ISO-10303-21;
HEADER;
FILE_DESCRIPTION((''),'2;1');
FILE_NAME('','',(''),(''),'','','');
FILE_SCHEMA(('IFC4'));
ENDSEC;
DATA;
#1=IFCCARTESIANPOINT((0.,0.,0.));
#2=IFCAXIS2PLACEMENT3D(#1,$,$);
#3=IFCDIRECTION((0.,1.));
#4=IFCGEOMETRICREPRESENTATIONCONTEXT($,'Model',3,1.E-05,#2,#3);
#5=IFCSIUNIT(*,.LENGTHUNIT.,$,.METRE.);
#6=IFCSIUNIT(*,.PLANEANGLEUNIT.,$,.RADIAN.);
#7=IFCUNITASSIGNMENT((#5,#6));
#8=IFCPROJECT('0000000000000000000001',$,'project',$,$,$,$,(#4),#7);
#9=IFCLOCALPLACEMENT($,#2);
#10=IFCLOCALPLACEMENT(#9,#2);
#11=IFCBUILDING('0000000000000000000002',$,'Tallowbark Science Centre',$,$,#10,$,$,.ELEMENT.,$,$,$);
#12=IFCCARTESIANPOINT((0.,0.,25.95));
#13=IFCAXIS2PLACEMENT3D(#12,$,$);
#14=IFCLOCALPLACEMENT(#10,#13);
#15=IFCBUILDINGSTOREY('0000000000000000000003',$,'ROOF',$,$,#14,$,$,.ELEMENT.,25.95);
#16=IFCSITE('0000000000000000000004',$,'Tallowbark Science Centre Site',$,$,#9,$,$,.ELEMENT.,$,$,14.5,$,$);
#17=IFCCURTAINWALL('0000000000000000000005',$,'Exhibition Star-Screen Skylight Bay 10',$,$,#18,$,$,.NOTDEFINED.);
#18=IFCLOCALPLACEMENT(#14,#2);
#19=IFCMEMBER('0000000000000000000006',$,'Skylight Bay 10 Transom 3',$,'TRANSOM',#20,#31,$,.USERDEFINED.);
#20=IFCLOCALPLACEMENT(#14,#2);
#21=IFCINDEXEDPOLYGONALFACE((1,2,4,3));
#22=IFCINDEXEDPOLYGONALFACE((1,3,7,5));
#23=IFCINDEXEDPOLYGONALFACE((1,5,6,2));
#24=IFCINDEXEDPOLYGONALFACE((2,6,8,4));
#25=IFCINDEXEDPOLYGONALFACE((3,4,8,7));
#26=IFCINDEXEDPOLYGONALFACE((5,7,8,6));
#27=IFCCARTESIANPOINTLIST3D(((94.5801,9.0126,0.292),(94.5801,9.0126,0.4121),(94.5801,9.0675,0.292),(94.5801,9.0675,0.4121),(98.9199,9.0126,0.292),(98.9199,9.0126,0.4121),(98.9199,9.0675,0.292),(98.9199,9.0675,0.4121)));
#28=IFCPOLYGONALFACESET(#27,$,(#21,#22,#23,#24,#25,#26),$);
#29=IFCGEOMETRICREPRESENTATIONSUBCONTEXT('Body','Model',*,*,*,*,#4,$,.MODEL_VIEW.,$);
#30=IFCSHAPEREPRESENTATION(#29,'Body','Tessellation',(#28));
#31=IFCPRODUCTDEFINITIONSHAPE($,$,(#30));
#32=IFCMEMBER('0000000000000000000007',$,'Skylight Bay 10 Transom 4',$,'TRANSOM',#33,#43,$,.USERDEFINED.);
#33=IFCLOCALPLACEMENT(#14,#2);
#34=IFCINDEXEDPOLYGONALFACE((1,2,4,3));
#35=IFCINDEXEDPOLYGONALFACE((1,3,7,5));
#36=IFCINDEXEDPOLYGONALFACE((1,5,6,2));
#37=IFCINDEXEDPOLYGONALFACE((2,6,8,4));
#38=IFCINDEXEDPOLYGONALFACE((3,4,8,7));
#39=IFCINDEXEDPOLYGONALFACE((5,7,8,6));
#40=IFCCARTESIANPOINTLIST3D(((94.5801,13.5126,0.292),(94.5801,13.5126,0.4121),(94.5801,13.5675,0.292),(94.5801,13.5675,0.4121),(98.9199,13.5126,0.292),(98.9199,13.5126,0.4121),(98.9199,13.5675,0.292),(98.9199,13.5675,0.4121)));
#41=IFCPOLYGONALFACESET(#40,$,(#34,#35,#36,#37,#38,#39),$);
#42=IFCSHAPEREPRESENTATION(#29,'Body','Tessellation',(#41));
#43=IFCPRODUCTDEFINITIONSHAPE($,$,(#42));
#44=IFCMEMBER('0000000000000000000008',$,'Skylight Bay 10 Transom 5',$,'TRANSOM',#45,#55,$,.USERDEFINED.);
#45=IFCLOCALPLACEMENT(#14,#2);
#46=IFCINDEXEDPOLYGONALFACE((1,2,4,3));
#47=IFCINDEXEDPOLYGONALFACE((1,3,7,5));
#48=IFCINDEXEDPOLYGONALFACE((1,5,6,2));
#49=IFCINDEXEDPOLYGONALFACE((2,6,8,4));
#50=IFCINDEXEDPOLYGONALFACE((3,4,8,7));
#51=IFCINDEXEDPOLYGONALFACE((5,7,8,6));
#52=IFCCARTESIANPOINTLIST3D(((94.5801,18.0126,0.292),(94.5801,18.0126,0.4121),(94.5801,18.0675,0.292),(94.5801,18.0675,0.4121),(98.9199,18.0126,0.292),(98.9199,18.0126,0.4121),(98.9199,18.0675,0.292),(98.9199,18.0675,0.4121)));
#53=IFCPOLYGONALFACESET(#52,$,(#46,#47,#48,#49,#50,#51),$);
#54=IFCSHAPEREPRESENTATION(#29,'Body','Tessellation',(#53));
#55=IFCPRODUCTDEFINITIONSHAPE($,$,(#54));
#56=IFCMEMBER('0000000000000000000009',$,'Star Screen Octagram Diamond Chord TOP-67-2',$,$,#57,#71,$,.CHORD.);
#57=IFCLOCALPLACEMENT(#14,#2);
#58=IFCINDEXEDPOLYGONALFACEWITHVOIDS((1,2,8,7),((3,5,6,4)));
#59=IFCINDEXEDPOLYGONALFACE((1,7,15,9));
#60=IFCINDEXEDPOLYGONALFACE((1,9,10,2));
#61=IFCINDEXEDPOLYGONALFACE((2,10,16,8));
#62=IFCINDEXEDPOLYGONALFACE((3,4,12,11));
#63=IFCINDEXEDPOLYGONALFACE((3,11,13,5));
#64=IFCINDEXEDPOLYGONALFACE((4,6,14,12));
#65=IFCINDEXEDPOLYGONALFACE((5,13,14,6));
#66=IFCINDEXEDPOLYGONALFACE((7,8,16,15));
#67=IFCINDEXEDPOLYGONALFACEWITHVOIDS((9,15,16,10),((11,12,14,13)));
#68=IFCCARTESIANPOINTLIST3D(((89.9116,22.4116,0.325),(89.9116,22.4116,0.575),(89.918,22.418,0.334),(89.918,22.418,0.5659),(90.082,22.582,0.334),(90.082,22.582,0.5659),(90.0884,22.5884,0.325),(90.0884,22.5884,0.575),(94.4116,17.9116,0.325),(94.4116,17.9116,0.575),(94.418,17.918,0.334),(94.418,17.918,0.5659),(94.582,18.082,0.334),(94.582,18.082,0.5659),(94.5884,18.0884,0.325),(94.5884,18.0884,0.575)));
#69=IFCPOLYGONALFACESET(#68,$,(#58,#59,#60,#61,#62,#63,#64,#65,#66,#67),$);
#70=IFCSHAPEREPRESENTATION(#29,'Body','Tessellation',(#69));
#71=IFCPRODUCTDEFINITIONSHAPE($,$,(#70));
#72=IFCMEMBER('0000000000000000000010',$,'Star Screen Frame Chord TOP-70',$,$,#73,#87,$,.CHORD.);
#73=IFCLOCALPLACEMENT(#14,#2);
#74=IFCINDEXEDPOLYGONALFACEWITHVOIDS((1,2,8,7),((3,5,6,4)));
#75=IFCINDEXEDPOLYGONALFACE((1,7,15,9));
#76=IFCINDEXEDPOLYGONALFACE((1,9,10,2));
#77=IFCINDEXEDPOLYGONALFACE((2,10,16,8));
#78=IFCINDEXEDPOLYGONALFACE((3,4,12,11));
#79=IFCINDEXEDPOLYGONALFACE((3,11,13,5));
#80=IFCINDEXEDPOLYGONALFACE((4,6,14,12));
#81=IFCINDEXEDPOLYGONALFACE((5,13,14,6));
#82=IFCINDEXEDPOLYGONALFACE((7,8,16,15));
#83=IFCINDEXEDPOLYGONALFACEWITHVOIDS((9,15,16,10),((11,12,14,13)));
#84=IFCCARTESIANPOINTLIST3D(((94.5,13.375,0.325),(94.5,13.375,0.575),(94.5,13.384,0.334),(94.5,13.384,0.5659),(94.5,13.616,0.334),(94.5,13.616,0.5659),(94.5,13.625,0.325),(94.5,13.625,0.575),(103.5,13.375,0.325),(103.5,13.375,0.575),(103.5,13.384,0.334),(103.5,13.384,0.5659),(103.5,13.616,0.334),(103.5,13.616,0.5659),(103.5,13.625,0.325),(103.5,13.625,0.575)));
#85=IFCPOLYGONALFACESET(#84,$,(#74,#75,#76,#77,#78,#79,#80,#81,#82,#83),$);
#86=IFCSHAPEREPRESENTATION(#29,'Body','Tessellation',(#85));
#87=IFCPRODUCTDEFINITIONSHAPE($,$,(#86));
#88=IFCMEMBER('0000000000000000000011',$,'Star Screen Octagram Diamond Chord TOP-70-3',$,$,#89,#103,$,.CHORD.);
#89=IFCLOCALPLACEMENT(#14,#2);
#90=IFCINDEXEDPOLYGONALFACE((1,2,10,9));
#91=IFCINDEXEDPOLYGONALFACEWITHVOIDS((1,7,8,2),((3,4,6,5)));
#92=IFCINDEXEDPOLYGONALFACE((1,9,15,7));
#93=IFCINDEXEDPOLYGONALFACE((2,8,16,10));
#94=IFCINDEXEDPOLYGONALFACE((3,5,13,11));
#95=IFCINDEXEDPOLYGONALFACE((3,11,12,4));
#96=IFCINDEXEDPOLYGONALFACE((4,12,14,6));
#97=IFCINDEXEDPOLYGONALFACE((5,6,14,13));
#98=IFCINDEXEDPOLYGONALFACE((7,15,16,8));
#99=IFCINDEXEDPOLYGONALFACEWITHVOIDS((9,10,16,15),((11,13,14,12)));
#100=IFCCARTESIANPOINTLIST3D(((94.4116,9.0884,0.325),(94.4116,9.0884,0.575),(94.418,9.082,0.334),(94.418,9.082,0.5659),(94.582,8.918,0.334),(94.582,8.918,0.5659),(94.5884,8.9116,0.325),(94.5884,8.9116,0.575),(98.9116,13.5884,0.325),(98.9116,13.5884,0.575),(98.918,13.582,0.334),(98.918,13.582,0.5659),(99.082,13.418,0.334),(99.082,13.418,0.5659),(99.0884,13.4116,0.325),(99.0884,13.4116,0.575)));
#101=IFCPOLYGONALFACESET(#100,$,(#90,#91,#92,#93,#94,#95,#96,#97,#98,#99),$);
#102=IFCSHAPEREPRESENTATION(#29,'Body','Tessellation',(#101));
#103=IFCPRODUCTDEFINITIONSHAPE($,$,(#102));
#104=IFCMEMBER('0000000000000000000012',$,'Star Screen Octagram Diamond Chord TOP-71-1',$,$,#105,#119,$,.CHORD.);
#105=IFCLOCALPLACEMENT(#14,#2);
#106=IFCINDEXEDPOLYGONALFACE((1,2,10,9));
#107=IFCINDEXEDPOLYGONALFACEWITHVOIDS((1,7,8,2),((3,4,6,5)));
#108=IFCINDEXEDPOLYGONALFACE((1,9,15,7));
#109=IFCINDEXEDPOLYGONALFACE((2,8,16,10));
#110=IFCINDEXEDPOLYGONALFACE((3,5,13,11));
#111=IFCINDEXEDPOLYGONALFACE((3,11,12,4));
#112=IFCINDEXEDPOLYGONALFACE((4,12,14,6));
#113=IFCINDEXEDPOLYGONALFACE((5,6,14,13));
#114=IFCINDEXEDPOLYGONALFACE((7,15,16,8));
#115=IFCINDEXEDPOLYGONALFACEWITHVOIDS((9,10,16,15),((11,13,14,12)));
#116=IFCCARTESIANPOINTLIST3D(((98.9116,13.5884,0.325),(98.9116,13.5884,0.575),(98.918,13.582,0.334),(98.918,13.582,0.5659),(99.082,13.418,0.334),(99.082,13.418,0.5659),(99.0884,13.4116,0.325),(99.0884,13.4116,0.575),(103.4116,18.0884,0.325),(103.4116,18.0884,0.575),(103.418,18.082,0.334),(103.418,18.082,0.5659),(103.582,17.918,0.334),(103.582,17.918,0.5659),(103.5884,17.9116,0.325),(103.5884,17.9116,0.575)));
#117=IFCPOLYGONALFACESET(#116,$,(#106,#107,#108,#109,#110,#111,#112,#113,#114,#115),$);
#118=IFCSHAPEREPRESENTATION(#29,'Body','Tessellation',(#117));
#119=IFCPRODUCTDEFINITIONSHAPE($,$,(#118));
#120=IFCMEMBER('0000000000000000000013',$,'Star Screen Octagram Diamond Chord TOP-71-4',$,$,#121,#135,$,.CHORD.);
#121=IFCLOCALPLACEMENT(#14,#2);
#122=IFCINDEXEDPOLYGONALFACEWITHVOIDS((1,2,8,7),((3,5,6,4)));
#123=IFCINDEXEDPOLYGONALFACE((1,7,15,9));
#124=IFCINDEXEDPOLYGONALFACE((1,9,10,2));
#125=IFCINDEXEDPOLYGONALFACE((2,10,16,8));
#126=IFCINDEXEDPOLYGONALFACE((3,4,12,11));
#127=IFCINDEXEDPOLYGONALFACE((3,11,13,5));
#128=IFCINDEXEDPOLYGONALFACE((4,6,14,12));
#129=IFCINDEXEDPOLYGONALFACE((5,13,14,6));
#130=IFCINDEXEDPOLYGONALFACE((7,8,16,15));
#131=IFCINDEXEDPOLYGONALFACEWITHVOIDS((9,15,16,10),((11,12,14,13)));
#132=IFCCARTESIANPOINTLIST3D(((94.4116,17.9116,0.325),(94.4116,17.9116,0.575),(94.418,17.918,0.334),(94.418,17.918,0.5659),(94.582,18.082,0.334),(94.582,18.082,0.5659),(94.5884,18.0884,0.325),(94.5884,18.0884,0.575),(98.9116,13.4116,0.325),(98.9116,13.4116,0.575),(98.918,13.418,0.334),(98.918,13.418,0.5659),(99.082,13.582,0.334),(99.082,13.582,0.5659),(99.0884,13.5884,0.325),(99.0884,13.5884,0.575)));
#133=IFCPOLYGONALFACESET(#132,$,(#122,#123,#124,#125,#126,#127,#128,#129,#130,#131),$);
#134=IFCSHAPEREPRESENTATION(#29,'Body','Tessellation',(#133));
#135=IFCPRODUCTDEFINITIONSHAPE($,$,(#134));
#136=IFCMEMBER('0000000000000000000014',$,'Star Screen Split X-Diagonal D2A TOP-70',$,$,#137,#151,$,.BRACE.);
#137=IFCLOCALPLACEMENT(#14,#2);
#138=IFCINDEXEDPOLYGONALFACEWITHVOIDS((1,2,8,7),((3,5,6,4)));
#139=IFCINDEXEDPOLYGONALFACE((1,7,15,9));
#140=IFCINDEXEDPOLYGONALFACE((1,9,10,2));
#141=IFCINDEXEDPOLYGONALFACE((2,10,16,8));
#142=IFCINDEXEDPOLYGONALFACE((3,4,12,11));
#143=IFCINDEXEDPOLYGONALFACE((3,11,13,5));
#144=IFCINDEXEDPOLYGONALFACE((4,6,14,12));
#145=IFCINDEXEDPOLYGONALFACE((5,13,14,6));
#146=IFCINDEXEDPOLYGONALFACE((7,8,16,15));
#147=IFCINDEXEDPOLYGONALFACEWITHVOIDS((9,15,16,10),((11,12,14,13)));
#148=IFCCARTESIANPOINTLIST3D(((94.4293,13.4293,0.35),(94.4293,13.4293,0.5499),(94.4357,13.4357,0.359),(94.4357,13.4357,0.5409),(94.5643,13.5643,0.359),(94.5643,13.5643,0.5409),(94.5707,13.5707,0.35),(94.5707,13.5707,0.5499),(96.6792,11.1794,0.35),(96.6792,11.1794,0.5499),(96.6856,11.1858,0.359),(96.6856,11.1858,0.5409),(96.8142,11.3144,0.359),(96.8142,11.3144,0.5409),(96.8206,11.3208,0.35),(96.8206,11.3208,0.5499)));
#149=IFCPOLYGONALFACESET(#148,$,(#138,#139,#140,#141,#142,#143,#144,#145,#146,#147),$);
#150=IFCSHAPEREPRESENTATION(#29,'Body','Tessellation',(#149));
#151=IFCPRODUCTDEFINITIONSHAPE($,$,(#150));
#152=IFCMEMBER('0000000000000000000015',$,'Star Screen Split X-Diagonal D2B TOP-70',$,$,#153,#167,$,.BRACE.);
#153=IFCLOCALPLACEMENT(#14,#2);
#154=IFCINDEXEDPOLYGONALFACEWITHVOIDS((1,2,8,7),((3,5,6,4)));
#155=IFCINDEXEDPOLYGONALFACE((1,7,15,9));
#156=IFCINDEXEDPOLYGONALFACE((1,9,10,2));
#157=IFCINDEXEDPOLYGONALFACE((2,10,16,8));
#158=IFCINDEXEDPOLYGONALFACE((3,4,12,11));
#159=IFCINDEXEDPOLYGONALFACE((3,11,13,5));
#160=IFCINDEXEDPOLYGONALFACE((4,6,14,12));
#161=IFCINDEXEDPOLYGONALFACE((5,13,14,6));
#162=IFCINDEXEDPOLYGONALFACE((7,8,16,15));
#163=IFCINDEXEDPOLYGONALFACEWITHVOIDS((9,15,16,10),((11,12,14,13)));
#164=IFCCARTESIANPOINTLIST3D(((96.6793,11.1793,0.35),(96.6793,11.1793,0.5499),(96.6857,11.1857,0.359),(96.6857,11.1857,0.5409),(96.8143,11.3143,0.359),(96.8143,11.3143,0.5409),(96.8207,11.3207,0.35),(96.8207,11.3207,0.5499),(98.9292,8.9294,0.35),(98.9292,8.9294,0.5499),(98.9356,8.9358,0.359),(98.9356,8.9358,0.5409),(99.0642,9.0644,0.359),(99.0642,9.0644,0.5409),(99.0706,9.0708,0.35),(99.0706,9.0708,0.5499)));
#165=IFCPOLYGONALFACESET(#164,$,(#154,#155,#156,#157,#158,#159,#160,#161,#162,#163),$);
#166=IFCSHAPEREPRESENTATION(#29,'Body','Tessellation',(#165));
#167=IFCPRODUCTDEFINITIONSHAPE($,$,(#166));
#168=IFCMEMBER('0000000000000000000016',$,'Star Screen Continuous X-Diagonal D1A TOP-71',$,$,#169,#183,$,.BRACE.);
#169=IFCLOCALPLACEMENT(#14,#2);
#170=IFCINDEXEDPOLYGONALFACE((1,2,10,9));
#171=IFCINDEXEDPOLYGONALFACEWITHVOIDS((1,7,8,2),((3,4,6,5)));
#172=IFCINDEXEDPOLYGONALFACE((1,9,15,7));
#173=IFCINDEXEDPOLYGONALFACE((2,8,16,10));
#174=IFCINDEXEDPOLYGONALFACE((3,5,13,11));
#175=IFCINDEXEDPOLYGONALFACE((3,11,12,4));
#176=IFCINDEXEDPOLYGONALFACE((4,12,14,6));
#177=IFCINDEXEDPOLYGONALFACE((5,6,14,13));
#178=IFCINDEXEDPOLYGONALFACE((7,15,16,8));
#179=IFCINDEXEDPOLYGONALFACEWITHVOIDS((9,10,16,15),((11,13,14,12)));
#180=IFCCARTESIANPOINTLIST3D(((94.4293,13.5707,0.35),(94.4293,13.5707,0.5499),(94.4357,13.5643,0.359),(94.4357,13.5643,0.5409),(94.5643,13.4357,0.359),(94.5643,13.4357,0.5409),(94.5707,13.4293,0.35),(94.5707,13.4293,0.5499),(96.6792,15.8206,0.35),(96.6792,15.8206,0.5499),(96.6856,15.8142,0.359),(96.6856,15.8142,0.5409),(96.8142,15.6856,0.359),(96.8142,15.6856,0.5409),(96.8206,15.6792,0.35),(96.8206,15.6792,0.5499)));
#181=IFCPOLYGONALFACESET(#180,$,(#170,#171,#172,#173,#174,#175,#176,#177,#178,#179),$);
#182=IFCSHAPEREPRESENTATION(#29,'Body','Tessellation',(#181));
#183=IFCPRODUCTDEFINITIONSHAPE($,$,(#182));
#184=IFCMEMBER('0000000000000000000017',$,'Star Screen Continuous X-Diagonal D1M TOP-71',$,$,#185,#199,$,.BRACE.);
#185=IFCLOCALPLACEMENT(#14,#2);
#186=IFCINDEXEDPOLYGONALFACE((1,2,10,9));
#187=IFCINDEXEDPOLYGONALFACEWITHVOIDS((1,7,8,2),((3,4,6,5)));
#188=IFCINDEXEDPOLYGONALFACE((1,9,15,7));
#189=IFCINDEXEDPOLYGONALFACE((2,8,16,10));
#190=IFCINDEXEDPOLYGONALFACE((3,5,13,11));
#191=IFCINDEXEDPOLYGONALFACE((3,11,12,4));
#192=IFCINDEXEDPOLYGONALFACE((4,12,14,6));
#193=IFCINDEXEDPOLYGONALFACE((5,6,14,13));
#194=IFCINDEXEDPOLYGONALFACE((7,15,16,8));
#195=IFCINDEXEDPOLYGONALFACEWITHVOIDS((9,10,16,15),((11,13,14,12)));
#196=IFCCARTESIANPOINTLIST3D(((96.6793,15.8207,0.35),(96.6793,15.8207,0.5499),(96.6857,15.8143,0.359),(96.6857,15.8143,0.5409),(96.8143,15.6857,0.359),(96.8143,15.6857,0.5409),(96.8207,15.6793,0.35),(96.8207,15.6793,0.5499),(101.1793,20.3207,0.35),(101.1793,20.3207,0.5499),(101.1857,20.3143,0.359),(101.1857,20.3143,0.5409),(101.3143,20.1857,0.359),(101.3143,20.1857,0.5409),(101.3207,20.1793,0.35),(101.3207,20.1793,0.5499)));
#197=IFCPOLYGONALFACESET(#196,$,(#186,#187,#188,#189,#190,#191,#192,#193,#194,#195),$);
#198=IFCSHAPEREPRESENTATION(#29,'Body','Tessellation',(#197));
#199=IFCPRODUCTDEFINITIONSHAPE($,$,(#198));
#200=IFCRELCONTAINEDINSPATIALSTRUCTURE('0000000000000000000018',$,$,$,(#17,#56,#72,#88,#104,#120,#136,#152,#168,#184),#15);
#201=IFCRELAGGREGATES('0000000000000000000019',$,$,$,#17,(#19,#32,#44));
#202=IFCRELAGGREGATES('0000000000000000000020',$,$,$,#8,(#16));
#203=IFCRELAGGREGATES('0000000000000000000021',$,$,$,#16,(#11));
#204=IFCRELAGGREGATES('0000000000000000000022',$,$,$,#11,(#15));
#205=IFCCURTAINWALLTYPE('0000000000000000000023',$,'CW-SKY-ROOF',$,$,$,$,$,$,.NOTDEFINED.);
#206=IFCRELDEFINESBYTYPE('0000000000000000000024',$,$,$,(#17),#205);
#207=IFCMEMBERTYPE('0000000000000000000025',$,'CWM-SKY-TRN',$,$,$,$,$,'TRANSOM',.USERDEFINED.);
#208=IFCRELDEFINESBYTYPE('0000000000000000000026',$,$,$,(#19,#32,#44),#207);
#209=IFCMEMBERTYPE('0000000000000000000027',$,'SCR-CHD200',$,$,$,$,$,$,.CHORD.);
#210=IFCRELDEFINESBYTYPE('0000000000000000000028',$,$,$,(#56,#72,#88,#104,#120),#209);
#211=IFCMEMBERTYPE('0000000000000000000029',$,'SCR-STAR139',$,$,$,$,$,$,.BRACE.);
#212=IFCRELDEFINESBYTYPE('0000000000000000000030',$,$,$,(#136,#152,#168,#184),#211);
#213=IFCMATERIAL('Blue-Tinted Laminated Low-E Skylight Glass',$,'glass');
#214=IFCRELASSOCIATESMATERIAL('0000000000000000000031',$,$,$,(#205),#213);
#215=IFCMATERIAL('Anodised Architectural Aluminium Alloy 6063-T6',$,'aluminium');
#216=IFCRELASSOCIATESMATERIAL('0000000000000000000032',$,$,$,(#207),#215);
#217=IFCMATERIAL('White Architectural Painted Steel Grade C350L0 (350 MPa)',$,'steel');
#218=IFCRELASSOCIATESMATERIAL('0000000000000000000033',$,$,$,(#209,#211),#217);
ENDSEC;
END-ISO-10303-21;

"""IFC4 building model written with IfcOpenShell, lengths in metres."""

from ifc_helpers import new_model, si_unit, direction, frame, origin, origin_2d, place, context, subcontext, project, spatial, rectangle, hollow_rectangle, extrude, material, material_profile, profile_set, type_object, element, aggregate, save


model = new_model("IFC4")

# Units and contexts
model_context = context("Model", 3, precision=1e-05, world=origin(), true_north=direction((0.0, 1.0)))
body_context = subcontext(model_context, "Body", "Model", "MODEL_VIEW")
ifc_project = project(units=[si_unit("LENGTHUNIT", "METRE"), si_unit("PLANEANGLEUNIT", "RADIAN")], contexts=[model_context])

# Site, building, storey
site_placement = place(None, origin())
site = spatial("IfcSite", under=ifc_project, at=site_placement, Name="Tallowbark Science Centre Site", CompositionType="ELEMENT", RefElevation=14.5)
building_placement = place(site_placement, origin())
building = spatial("IfcBuilding", under=site, at=building_placement, Name="Tallowbark Science Centre", CompositionType="ELEMENT")
storey_placement = place(building_placement, frame((0.0, 0.0, 25.95)))
storey = spatial("IfcBuildingStorey", under=building, at=storey_placement, Name="ROOF", CompositionType="ELEMENT", Elevation=25.95)

# Curtain wall, members
ifc_material_1 = material(Name="Blue-Tinted Laminated Low-E Skylight Glass", Category="glass")
curtain_wall_type = type_object("IfcCurtainWallType", Name="CW-SKY-ROOF", PredefinedType="NOTDEFINED", material=ifc_material_1)
curtain_wall_1_placement = place(storey_placement, origin())
curtain_wall_1 = element("IfcCurtainWall", 1, at=curtain_wall_1_placement, inside=storey, type_object=curtain_wall_type, Name="Exhibition Star-Screen Skylight Bay 10", PredefinedType="NOTDEFINED")
ifc_material_2 = material(Name="Anodised Architectural Aluminium Alloy 6063-T6", Category="aluminium")
ifc_material_profile_1 = material_profile(ifc_material_2, rectangle(XDim=0.0549, YDim=0.1201, at=origin_2d()), Name="ALU55x120")
ifc_profile_set_1 = profile_set([ifc_material_profile_1], Name="Anodised Architectural Aluminium Alloy 6063-T6")
member_type_1 = type_object("IfcMemberType", Name="CWM-SKY-TRN", ElementType="TRANSOM", PredefinedType="USERDEFINED", material=ifc_profile_set_1)
member_1_placement = place(storey_placement, frame((94.5801, 9.04, 0.3521), z_axis=(1.0, 0.0, 0.0), x_axis=(0.0, 1.0, 0.0)))
member_1 = element("IfcMember", 2, at=member_1_placement, type_object=member_type_1, Name="Skylight Bay 10 Transom 3", ObjectType="TRANSOM", PredefinedType="USERDEFINED", context=body_context, shape_type="SweptSolid", body=[
    extrude(rectangle(XDim=0.0549, YDim=0.1201, at=origin_2d()), origin(), (0.0, 0.0, 1.0), 4.3398),
])
member_2_placement = place(storey_placement, frame((94.5801, 13.54, 0.3521), z_axis=(1.0, 0.0, 0.0), x_axis=(0.0, 1.0, 0.0)))
member_2 = element("IfcMember", 3, at=member_2_placement, type_object=member_type_1, Name="Skylight Bay 10 Transom 4", ObjectType="TRANSOM", PredefinedType="USERDEFINED", context=body_context, shape_type="SweptSolid", body=[
    extrude(rectangle(XDim=0.0549, YDim=0.1201, at=origin_2d()), origin(), (0.0, 0.0, 1.0), 4.3398),
])
member_3_placement = place(storey_placement, frame((94.5801, 18.04, 0.3521), z_axis=(1.0, 0.0, 0.0), x_axis=(0.0, 1.0, 0.0)))
member_3 = element("IfcMember", 4, at=member_3_placement, type_object=member_type_1, Name="Skylight Bay 10 Transom 5", ObjectType="TRANSOM", PredefinedType="USERDEFINED", context=body_context, shape_type="SweptSolid", body=[
    extrude(rectangle(XDim=0.0549, YDim=0.1201, at=origin_2d()), origin(), (0.0, 0.0, 1.0), 4.3398),
])

# Members
ifc_material_3 = material(Name="White Architectural Painted Steel Grade C350L0 (350 MPa)", Category="steel")
ifc_material_profile_2 = material_profile(ifc_material_3, hollow_rectangle(XDim=0.25, YDim=0.25, WallThickness=0.009, at=origin_2d()), Name="250x250x9.0SHS")
ifc_profile_set_2 = profile_set([ifc_material_profile_2], Name="White Architectural Painted Steel Grade C350L0 (350 MPa)")
member_type_2 = type_object("IfcMemberType", Name="SCR-CHD200", PredefinedType="CHORD", material=ifc_profile_set_2)
member_4_placement = place(storey_placement, frame((94.5, 18.0, 0.45), z_axis=(-0.707107, 0.707107, 0.0), x_axis=(-0.707107, -0.707107, 0.0)))
element("IfcMember", 5, at=member_4_placement, inside=storey, type_object=member_type_2, Name="Star Screen Octagram Diamond Chord TOP-67-2", PredefinedType="CHORD", context=body_context, shape_type="SweptSolid", body=[
    extrude(hollow_rectangle(XDim=0.25, YDim=0.25, WallThickness=0.009, at=origin_2d()), origin(), (0.0, 0.0, 1.0), 6.364),
])
member_5_placement = place(storey_placement, frame((94.5, 13.5, 0.45), z_axis=(1.0, 0.0, 0.0), x_axis=(0.0, 1.0, 0.0)))
element("IfcMember", 6, at=member_5_placement, inside=storey, type_object=member_type_2, Name="Star Screen Frame Chord TOP-70", PredefinedType="CHORD", context=body_context, shape_type="SweptSolid", body=[
    extrude(hollow_rectangle(XDim=0.25, YDim=0.25, WallThickness=0.009, at=origin_2d()), origin(), (0.0, 0.0, 1.0), 9.0),
])
for number, where, z_axis, x_axis, name in (
    (7, (99.0, 13.5, 0.45), (-0.707107, -0.707107, 0.0), (0.707107, -0.707107, 0.0), "Star Screen Octagram Diamond Chord TOP-70-3"),
    (8, (99.0, 13.5, 0.45), (0.707107, 0.707107, 0.0), (-0.707107, 0.707107, 0.0), "Star Screen Octagram Diamond Chord TOP-71-1"),
    (9, (94.5, 18.0, 0.45), (0.707107, -0.707107, 0.0), (0.707107, 0.707107, 0.0), "Star Screen Octagram Diamond Chord TOP-71-4"),
):
    element("IfcMember", number, at=place(storey_placement, frame(where, z_axis=z_axis, x_axis=x_axis)), inside=storey, type_object=member_type_2, Name=name, PredefinedType="CHORD", context=body_context, shape_type="SweptSolid", body=[
        extrude(hollow_rectangle(XDim=0.25, YDim=0.25, WallThickness=0.009, at=origin_2d()), origin(), (0.0, 0.0, 1.0), 6.364),
    ])
ifc_material_profile_3 = material_profile(ifc_material_3, hollow_rectangle(XDim=0.2, YDim=0.2, WallThickness=0.009, at=origin_2d()), Name="200x200x9.0SHS")
ifc_profile_set_3 = profile_set([ifc_material_profile_3], Name="White Architectural Painted Steel Grade C350L0 (350 MPa)")
member_type_3 = type_object("IfcMemberType", Name="SCR-STAR139", PredefinedType="BRACE", material=ifc_profile_set_3)
for number, where, z_axis, x_axis, name in (
    (10, (94.5, 13.5, 0.45), (0.707107, -0.707107, 0.0), (0.707107, 0.707107, 0.0), "Star Screen Split X-Diagonal D2A TOP-70"),
    (11, (96.75, 11.25, 0.45), (0.707107, -0.707107, 0.0), (0.707107, 0.707107, 0.0), "Star Screen Split X-Diagonal D2B TOP-70"),
    (12, (94.5, 13.5, 0.45), (0.707107, 0.707107, 0.0), (-0.707107, 0.707107, 0.0), "Star Screen Continuous X-Diagonal D1A TOP-71"),
):
    element("IfcMember", number, at=place(storey_placement, frame(where, z_axis=z_axis, x_axis=x_axis)), inside=storey, type_object=member_type_3, Name=name, PredefinedType="BRACE", context=body_context, shape_type="SweptSolid", body=[
        extrude(hollow_rectangle(XDim=0.2, YDim=0.2, WallThickness=0.009, at=origin_2d()), origin(), (0.0, 0.0, 1.0), 3.1819),
    ])
member_6_placement = place(storey_placement, frame((96.75, 15.75, 0.45), z_axis=(0.707107, 0.707107, 0.0), x_axis=(-0.707107, 0.707107, 0.0)))
element("IfcMember", 13, at=member_6_placement, inside=storey, type_object=member_type_3, Name="Star Screen Continuous X-Diagonal D1M TOP-71", PredefinedType="BRACE", context=body_context, shape_type="SweptSolid", body=[
    extrude(hollow_rectangle(XDim=0.2, YDim=0.2, WallThickness=0.009, at=origin_2d()), origin(), (0.0, 0.0, 1.0), 6.364),
])

aggregate(curtain_wall_1, [member_1, member_2, member_3])

save(model, "model.ifc")
